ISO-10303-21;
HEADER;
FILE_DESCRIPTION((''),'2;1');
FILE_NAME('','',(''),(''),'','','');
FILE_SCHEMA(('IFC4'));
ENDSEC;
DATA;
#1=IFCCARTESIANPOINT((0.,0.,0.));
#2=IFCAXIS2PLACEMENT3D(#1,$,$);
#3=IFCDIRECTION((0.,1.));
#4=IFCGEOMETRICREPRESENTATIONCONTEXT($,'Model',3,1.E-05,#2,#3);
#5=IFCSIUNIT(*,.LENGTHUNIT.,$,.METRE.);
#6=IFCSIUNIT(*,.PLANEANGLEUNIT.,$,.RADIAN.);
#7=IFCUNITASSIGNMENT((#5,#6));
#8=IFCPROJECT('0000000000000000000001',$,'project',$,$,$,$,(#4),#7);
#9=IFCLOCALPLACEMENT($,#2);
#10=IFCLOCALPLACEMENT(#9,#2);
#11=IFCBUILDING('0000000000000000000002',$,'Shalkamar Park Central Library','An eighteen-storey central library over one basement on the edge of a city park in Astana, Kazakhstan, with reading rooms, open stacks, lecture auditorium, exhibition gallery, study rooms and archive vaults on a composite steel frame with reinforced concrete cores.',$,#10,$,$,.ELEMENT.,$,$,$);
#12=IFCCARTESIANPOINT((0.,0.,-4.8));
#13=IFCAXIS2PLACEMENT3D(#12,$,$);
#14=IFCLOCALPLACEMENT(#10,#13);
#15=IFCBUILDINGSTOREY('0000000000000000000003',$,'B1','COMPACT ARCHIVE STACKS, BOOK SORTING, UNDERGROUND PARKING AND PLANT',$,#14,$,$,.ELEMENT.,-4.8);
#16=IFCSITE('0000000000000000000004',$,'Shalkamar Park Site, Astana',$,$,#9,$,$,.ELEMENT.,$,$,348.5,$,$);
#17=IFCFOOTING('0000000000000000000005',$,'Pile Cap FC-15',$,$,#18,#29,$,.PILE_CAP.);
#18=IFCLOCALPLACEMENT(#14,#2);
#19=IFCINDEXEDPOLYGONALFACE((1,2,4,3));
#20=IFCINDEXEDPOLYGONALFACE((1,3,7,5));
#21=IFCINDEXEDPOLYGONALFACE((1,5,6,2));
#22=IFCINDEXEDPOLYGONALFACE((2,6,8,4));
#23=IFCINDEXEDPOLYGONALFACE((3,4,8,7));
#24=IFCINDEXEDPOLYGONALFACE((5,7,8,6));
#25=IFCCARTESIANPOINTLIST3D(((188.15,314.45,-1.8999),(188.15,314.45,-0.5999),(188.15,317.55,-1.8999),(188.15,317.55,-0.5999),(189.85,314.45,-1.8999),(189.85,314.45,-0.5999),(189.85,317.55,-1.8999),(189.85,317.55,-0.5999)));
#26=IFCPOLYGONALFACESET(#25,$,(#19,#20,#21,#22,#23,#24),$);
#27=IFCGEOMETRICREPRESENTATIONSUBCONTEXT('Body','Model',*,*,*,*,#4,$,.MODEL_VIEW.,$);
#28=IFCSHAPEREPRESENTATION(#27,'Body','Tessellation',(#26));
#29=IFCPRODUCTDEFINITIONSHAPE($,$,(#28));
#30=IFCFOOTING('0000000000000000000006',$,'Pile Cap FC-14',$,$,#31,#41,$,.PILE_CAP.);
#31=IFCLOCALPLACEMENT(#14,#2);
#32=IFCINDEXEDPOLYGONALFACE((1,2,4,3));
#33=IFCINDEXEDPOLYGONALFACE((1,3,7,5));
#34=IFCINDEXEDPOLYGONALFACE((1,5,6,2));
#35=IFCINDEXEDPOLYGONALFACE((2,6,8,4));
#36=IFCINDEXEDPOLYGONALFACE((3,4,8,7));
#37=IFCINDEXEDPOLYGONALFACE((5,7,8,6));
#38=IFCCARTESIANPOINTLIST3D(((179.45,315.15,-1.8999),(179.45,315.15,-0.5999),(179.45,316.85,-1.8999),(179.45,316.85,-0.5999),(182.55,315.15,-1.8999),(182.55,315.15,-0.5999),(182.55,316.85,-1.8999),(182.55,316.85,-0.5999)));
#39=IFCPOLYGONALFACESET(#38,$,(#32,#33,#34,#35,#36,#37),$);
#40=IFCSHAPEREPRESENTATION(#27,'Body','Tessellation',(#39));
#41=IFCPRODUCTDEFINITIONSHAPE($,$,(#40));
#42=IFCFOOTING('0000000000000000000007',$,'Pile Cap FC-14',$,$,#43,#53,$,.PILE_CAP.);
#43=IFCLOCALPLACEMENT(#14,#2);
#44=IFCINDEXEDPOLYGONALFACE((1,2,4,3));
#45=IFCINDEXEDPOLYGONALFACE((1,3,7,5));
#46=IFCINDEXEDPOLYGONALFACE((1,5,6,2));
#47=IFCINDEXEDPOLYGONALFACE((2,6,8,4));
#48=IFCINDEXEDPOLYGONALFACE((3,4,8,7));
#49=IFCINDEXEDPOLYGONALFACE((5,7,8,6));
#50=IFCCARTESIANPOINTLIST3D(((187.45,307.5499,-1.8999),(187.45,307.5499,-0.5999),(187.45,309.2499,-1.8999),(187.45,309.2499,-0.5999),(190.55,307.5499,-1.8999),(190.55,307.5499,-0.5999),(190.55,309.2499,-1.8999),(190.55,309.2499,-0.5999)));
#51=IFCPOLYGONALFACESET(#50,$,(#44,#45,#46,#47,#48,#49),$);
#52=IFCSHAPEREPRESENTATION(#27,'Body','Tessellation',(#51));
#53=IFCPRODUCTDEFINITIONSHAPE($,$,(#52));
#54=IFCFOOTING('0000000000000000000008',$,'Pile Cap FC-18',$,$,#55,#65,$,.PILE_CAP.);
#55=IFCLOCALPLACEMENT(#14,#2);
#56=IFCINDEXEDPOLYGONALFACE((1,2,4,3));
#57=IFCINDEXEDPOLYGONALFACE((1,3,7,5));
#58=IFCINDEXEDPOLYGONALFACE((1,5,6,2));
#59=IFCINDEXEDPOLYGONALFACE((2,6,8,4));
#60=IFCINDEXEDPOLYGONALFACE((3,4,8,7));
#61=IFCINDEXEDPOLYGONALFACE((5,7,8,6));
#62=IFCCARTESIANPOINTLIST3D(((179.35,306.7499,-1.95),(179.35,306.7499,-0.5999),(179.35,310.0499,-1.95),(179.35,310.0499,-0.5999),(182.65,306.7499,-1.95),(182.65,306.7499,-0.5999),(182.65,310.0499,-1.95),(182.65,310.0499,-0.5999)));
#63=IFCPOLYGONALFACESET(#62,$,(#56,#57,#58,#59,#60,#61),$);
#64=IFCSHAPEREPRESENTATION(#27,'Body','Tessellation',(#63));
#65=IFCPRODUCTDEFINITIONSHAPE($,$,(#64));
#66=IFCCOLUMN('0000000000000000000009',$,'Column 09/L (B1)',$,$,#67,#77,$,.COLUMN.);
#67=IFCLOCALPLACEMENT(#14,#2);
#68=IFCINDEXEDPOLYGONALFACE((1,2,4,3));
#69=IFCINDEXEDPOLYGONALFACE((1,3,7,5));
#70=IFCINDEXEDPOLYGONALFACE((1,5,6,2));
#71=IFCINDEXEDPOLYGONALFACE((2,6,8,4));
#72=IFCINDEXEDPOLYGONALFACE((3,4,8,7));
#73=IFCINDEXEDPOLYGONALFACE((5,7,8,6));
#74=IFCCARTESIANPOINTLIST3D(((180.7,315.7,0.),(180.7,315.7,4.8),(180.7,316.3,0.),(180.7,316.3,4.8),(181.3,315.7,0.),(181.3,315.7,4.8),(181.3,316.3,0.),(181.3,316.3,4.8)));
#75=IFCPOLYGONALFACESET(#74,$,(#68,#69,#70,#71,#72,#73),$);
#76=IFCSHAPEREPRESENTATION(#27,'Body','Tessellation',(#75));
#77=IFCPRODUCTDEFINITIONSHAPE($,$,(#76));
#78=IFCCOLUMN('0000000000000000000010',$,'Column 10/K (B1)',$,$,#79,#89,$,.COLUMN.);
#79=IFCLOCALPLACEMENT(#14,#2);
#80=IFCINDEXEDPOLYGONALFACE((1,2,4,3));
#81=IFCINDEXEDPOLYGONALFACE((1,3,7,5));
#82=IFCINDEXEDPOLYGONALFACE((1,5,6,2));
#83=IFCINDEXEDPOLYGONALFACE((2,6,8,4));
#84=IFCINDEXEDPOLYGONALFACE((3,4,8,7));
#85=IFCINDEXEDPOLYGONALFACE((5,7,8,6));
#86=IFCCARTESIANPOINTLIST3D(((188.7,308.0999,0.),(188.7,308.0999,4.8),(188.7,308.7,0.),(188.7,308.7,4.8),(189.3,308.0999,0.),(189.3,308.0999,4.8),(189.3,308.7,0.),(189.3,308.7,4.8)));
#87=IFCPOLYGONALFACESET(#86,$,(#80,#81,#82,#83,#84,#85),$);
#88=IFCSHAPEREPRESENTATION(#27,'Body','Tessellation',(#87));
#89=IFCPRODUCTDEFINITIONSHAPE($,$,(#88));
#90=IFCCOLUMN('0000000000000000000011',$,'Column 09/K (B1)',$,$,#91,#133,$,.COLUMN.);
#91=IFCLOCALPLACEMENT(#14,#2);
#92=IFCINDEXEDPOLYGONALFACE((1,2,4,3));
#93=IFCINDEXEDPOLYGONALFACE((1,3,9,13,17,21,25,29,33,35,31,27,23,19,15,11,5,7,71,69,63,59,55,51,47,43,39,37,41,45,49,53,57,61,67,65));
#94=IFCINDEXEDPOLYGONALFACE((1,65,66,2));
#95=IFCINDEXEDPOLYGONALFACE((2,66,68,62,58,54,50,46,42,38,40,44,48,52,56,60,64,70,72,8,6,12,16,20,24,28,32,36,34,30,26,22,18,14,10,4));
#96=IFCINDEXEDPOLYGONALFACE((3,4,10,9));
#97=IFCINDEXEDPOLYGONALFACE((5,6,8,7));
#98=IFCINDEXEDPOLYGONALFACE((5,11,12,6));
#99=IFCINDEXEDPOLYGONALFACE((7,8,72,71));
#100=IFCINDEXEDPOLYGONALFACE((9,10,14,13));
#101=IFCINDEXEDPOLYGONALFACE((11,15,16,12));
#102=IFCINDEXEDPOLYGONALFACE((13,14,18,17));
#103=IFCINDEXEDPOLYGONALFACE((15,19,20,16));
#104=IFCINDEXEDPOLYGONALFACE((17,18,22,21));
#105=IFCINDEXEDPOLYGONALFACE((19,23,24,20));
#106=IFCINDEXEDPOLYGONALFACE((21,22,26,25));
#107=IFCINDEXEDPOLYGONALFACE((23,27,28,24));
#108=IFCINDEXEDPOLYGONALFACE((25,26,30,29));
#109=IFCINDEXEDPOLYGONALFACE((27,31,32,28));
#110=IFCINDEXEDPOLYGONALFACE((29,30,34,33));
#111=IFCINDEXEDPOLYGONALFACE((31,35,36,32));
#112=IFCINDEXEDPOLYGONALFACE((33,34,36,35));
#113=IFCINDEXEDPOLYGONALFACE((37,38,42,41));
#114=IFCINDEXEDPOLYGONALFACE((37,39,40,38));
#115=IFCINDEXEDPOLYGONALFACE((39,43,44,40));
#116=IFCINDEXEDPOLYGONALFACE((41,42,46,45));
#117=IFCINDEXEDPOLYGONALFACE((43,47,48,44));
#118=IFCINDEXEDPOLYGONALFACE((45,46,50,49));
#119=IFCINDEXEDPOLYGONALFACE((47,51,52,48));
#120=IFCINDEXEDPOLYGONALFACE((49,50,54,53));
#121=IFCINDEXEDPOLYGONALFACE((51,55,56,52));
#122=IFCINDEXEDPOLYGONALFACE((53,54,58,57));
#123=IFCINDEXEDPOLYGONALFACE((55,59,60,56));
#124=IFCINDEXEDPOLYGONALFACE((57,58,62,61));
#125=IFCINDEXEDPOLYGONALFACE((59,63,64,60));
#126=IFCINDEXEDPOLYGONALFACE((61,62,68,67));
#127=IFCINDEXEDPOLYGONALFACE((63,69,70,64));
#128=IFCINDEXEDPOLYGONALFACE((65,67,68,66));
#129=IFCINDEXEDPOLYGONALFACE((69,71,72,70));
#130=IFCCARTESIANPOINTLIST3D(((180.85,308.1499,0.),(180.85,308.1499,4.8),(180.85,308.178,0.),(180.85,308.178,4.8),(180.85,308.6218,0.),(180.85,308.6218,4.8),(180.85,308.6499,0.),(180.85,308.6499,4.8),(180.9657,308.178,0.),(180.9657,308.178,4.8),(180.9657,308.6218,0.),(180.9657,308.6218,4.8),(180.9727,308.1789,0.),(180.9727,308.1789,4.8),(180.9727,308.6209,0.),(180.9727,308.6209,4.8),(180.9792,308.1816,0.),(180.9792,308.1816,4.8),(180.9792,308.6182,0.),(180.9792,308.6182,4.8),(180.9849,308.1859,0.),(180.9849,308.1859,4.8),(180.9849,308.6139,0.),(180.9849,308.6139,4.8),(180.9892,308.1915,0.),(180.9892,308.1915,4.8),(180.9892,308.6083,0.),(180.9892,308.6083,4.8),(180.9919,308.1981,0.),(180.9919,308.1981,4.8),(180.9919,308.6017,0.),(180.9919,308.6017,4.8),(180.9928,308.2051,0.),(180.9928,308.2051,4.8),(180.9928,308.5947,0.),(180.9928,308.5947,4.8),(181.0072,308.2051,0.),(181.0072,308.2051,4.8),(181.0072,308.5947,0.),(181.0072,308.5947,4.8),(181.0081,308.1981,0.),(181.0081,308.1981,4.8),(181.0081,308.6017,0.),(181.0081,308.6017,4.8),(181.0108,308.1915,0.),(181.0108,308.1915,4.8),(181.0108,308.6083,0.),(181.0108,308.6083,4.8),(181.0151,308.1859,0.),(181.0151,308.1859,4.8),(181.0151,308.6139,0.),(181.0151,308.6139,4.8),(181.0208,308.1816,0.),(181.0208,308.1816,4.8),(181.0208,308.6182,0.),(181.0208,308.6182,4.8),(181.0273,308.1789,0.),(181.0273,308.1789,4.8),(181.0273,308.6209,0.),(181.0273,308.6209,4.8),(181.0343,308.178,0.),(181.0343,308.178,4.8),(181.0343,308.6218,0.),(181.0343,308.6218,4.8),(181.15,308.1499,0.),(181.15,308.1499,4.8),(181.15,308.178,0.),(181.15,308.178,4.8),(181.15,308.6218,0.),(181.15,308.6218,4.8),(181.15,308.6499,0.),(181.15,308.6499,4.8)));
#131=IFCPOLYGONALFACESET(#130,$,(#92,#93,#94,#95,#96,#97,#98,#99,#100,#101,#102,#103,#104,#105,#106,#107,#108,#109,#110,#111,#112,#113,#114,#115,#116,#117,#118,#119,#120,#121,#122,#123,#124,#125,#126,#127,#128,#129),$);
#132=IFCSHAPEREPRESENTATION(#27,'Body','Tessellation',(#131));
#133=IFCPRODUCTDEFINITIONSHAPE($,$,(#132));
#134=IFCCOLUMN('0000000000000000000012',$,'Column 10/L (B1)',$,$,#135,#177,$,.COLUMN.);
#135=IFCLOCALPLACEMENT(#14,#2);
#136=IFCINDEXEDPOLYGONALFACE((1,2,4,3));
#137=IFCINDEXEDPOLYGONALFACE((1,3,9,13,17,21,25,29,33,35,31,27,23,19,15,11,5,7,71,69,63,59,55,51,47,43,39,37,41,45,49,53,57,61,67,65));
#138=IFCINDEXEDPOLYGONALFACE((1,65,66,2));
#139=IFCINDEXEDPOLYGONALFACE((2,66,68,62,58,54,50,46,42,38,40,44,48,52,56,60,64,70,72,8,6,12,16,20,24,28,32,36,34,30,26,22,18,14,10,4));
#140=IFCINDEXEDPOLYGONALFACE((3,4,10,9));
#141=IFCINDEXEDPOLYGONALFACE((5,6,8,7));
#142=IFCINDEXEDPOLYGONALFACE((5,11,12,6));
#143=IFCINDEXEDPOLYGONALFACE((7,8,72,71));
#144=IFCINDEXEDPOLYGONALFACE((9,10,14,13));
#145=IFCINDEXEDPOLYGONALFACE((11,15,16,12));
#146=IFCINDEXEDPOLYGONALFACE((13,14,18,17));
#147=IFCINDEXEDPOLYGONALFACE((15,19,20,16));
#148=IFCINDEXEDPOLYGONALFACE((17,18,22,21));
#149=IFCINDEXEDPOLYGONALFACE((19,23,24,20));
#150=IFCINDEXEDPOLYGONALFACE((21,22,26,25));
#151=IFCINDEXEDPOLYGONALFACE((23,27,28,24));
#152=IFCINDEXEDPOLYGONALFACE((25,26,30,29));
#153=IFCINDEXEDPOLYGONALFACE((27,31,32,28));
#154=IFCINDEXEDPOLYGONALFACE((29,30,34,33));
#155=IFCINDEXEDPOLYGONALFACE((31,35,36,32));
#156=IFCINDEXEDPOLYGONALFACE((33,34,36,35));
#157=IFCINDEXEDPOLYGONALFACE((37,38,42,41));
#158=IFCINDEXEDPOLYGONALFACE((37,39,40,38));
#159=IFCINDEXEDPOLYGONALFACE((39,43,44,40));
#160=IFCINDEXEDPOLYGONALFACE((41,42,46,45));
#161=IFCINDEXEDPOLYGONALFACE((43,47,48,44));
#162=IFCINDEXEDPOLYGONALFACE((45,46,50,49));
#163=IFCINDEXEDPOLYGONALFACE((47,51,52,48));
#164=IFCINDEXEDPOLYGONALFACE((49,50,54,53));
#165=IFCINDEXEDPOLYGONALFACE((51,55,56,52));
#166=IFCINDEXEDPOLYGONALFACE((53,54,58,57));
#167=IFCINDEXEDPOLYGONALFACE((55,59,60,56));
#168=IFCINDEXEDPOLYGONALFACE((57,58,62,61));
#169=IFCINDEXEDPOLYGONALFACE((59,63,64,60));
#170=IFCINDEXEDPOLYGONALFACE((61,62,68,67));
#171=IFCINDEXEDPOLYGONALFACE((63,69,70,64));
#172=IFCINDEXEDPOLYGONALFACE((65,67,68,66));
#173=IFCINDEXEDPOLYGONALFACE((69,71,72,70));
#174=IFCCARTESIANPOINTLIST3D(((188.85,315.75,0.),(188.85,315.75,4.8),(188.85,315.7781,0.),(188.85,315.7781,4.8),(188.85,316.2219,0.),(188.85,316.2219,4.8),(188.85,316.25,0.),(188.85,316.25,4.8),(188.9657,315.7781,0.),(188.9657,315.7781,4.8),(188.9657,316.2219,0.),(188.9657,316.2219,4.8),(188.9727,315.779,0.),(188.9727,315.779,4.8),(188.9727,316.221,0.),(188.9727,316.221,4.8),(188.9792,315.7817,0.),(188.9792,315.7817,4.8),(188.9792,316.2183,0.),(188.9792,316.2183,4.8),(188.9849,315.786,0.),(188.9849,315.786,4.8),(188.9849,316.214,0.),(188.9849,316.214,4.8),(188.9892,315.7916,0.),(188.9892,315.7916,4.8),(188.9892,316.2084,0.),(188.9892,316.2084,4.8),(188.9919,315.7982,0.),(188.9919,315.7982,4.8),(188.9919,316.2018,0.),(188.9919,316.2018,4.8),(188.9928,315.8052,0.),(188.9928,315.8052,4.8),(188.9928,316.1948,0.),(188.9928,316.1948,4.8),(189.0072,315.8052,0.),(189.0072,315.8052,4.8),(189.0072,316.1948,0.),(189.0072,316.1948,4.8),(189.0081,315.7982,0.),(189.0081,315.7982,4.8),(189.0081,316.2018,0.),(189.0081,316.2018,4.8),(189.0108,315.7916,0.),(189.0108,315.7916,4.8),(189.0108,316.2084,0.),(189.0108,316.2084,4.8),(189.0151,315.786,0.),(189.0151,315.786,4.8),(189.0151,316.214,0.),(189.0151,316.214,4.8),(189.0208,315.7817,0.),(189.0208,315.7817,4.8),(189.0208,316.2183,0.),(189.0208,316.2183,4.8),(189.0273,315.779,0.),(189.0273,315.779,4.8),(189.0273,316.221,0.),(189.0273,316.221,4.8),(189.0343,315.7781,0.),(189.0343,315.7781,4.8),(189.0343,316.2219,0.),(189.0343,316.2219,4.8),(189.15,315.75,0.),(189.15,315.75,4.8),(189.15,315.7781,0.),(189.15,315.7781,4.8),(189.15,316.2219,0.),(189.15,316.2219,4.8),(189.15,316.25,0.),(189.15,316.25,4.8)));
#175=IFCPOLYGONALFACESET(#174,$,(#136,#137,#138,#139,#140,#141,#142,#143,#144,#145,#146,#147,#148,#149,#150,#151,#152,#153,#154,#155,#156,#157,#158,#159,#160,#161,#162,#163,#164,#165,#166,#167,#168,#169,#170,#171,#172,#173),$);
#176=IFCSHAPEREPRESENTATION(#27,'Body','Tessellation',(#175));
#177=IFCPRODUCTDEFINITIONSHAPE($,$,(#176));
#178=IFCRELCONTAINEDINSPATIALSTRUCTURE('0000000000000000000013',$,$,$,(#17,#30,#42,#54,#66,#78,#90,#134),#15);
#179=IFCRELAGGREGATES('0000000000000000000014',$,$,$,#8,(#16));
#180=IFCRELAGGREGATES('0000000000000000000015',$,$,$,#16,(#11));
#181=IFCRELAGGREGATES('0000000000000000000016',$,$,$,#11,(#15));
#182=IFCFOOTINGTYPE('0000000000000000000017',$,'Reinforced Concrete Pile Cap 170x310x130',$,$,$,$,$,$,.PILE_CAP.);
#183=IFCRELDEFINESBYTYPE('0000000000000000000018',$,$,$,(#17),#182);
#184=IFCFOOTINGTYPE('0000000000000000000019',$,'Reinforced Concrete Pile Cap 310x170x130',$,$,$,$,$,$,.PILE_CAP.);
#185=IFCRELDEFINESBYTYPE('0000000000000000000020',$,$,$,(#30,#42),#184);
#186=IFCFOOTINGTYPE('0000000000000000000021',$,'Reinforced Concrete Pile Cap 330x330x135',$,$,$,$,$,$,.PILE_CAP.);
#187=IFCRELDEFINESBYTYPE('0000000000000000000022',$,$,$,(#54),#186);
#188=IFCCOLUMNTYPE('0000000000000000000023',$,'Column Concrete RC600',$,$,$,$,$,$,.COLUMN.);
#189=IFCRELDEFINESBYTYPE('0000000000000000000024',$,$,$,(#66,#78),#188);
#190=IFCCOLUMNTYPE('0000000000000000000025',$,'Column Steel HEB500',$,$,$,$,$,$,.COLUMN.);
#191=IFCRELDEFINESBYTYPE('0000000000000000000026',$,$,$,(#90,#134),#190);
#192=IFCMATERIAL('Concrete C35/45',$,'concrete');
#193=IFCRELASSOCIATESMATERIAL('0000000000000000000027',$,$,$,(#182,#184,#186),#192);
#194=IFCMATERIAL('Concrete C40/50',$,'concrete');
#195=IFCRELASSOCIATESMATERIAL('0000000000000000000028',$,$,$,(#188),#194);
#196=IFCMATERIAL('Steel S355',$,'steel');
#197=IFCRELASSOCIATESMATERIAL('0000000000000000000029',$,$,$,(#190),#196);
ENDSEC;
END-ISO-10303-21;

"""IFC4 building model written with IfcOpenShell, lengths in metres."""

from ifc_helpers import new_model, si_unit, direction, frame, origin, origin_2d, place, context, subcontext, project, spatial, rectangle, i_section, extrude, material, material_profile, profile_set, type_object, element, save


model = new_model("IFC4")

# Units and contexts
model_context = context("Model", 3, precision=1e-05, world=origin(), true_north=direction((0.0, 1.0)))
body_context = subcontext(model_context, "Body", "Model", "MODEL_VIEW")
ifc_project = project(units=[si_unit("LENGTHUNIT", "METRE"), si_unit("PLANEANGLEUNIT", "RADIAN")], contexts=[model_context])

# Site, building, storey
site_placement = place(None, origin())
site = spatial("IfcSite", under=ifc_project, at=site_placement, Name="Shalkamar Park Site, Astana", CompositionType="ELEMENT", RefElevation=348.5)
building_placement = place(site_placement, origin())
building = spatial("IfcBuilding", under=site, at=building_placement, Name="Shalkamar Park Central Library", Description="An eighteen-storey central library over one basement on the edge of a city park in Astana, Kazakhstan, with reading rooms, open stacks, lecture auditorium, exhibition gallery, study rooms and archive vaults on a composite steel frame with reinforced concrete cores.", CompositionType="ELEMENT")
storey_placement = place(building_placement, frame((0.0, 0.0, -4.8)))
storey = spatial("IfcBuildingStorey", under=building, at=storey_placement, Name="B1", Description="COMPACT ARCHIVE STACKS, BOOK SORTING, UNDERGROUND PARKING AND PLANT", CompositionType="ELEMENT", Elevation=-4.8)

# Shared definitions
ifc_material_1 = material(Name="Concrete C35/45", Category="concrete")

# Footings
footing_type_1 = type_object("IfcFootingType", Name="Reinforced Concrete Pile Cap 170x310x130", PredefinedType="PILE_CAP", material=ifc_material_1)
footing_1_placement = place(storey_placement, frame((189.0, 316.0, -1.8999), z_axis=(0.0, 0.0, 1.0), x_axis=(1.0, 0.0, 0.0)))
element("IfcFooting", 1, at=footing_1_placement, inside=storey, type_object=footing_type_1, Name="Pile Cap FC-15", PredefinedType="PILE_CAP", context=body_context, shape_type="SweptSolid", body=[
    extrude(rectangle(XDim=1.7, YDim=3.1001, at=origin_2d()), origin(), (0.0, 0.0, 1.0), 1.3),
])
footing_type_2 = type_object("IfcFootingType", Name="Reinforced Concrete Pile Cap 310x170x130", PredefinedType="PILE_CAP", material=ifc_material_1)
for number, where, z_axis, x_axis, name in (
    (2, (181.0, 316.0, -1.8999), (0.0, 0.0, 1.0), (1.0, 0.0, 0.0), "Pile Cap FC-14"),
    (3, (189.0, 308.3999, -1.8999), (0.0, 0.0, 1.0), (1.0, 0.0, 0.0), "Pile Cap FC-14"),
):
    element("IfcFooting", number, at=place(storey_placement, frame(where, z_axis=z_axis, x_axis=x_axis)), inside=storey, type_object=footing_type_2, Name=name, PredefinedType="PILE_CAP", context=body_context, shape_type="SweptSolid", body=[
        extrude(rectangle(XDim=3.1001, YDim=1.7, at=origin_2d()), origin(), (0.0, 0.0, 1.0), 1.3),
    ])
footing_type_3 = type_object("IfcFootingType", Name="Reinforced Concrete Pile Cap 330x330x135", PredefinedType="PILE_CAP", material=ifc_material_1)
footing_2_placement = place(storey_placement, frame((181.0, 308.3999, -1.95), z_axis=(0.0, 0.0, 1.0), x_axis=(1.0, 0.0, 0.0)))
element("IfcFooting", 4, at=footing_2_placement, inside=storey, type_object=footing_type_3, Name="Pile Cap FC-18", PredefinedType="PILE_CAP", context=body_context, shape_type="SweptSolid", body=[
    extrude(rectangle(XDim=3.3, YDim=3.3, at=origin_2d()), origin(), (0.0, 0.0, 1.0), 1.3501),
])

# Columns
ifc_material_2 = material(Name="Concrete C40/50", Category="concrete")
ifc_material_profile_1 = material_profile(ifc_material_2, rectangle(XDim=0.6001, YDim=0.6001, at=origin_2d()), Name="RC 600x600")
ifc_profile_set_1 = profile_set([ifc_material_profile_1], Name="Concrete C40/50")
column_type_1 = type_object("IfcColumnType", Name="Column Concrete RC600", PredefinedType="COLUMN", material=ifc_profile_set_1)
for number, where, z_axis, x_axis, name in (
    (5, (181.0, 316.0, 0.0), (0.0, 0.0, 1.0), (1.0, 0.0, 0.0), "Column 09/L (B1)"),
    (6, (189.0, 308.3999, 0.0), (0.0, 0.0, 1.0), (1.0, 0.0, 0.0), "Column 10/K (B1)"),
):
    element("IfcColumn", number, at=place(storey_placement, frame(where, z_axis=z_axis, x_axis=x_axis)), inside=storey, type_object=column_type_1, Name=name, PredefinedType="COLUMN", context=body_context, shape_type="SweptSolid", body=[
        extrude(rectangle(XDim=0.6001, YDim=0.6001, at=origin_2d()), origin(), (0.0, 0.0, 1.0), 4.8),
    ])
ifc_material_3 = material(Name="Steel S355", Category="steel")
ifc_material_profile_2 = material_profile(ifc_material_3, i_section(OverallWidth=0.3, OverallDepth=0.5, WebThickness=0.0144, FlangeThickness=0.0281, FilletRadius=0.0271, at=origin_2d()), Name="HEB 500")
ifc_profile_set_2 = profile_set([ifc_material_profile_2], Name="Steel S355")
column_type_2 = type_object("IfcColumnType", Name="Column Steel HEB500", PredefinedType="COLUMN", material=ifc_profile_set_2)
for number, where, z_axis, x_axis, name in (
    (7, (181.0, 308.3999, 0.0), (0.0, 0.0, 1.0), (1.0, 0.0, 0.0), "Column 09/K (B1)"),
    (8, (189.0, 316.0, 0.0), (0.0, 0.0, 1.0), (1.0, 0.0, 0.0), "Column 10/L (B1)"),
):
    element("IfcColumn", number, at=place(storey_placement, frame(where, z_axis=z_axis, x_axis=x_axis)), inside=storey, type_object=column_type_2, Name=name, PredefinedType="COLUMN", context=body_context, shape_type="SweptSolid", body=[
        extrude(i_section(OverallWidth=0.3, OverallDepth=0.5, WebThickness=0.0144, FlangeThickness=0.0281, FilletRadius=0.0271, at=origin_2d()), origin(), (0.0, 0.0, 1.0), 4.8),
    ])

save(model, "model.ifc")
